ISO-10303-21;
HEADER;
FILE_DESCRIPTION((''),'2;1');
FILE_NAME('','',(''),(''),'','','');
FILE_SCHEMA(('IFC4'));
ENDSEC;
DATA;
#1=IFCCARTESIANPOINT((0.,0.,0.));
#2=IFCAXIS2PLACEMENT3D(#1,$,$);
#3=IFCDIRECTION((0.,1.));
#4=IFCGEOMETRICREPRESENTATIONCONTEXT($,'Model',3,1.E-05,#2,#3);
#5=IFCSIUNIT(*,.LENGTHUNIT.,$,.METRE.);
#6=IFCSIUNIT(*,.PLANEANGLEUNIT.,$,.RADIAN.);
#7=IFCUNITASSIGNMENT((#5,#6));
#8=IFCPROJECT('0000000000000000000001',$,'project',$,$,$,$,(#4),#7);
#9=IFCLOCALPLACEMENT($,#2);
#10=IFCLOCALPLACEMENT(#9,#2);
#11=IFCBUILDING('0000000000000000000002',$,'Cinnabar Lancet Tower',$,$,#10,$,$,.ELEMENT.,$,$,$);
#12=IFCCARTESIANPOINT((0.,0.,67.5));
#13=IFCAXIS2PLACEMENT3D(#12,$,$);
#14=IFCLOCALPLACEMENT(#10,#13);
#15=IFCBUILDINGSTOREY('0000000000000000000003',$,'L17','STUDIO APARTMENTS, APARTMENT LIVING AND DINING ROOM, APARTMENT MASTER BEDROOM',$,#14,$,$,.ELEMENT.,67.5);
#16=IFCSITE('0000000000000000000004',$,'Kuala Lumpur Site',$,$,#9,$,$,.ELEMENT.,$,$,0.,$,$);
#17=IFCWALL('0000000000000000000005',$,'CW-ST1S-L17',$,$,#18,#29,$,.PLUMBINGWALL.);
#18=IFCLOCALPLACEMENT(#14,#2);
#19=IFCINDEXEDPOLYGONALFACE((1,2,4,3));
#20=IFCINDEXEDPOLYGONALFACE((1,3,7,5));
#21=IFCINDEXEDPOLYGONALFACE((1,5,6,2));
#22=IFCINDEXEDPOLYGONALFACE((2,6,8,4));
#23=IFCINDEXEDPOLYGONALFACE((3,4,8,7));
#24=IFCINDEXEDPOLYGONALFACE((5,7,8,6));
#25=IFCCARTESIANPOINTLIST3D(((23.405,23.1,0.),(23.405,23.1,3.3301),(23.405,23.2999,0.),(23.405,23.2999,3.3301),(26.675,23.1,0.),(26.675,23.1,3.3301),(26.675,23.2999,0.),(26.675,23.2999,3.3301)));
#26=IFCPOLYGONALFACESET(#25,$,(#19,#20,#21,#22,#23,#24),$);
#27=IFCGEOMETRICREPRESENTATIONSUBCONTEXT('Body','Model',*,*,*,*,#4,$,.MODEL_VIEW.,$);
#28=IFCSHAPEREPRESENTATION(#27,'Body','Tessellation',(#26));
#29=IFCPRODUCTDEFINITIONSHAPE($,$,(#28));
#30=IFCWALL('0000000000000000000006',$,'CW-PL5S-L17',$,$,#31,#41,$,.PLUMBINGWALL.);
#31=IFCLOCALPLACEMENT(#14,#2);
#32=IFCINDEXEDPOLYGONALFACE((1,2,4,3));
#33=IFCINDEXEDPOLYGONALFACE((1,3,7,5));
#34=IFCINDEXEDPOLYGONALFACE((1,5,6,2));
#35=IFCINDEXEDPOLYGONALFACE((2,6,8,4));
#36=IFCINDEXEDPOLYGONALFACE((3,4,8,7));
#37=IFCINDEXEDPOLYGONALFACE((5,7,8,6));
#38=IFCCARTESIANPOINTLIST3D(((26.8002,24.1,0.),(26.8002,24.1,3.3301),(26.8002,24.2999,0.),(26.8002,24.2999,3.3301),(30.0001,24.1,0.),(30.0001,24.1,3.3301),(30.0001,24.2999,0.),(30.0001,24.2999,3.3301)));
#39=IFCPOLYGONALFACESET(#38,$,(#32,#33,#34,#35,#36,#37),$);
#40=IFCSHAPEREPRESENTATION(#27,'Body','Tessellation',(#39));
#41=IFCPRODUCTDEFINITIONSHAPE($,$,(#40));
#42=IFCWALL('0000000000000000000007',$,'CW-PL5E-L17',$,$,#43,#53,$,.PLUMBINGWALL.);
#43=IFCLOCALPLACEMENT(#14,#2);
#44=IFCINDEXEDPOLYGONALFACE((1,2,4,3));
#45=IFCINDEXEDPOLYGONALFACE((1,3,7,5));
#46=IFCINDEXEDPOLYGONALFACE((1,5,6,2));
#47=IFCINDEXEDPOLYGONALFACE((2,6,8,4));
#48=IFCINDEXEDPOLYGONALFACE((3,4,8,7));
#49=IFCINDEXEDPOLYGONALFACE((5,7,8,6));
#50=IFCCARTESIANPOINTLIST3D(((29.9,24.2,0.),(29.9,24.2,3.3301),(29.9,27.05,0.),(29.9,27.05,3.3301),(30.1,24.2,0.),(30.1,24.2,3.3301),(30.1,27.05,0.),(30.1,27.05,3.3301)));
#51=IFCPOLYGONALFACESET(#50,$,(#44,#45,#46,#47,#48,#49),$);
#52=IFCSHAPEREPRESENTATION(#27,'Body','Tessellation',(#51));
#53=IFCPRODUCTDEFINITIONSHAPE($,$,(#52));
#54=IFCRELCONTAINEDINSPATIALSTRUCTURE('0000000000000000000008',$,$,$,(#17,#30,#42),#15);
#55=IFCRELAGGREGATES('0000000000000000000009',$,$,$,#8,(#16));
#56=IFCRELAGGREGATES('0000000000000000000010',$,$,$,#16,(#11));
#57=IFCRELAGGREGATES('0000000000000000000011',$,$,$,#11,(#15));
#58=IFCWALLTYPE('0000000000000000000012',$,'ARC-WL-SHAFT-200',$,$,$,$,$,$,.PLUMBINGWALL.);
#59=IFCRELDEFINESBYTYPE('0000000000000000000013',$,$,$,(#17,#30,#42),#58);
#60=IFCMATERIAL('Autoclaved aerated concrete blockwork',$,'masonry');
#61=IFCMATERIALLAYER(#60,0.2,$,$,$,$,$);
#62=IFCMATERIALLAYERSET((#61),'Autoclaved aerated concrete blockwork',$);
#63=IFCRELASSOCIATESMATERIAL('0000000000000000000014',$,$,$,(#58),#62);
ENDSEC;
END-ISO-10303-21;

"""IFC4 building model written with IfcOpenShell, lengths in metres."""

from ifc_helpers import new_model, si_unit, direction, frame, frame_2d, origin, place, context, subcontext, project, spatial, rectangle, extrude, material, layer, layer_set, type_object, element, save


model = new_model("IFC4")

# Units and contexts
model_context = context("Model", 3, precision=1e-05, world=origin(), true_north=direction((0.0, 1.0)))
body_context = subcontext(model_context, "Body", "Model", "MODEL_VIEW")
ifc_project = project(units=[si_unit("LENGTHUNIT", "METRE"), si_unit("PLANEANGLEUNIT", "RADIAN")], contexts=[model_context])

# Site, building, storey
site_placement = place(None, origin())
site = spatial("IfcSite", under=ifc_project, at=site_placement, Name="Kuala Lumpur Site", CompositionType="ELEMENT", RefElevation=0.0)
building_placement = place(site_placement, origin())
building = spatial("IfcBuilding", under=site, at=building_placement, Name="Cinnabar Lancet Tower", CompositionType="ELEMENT")
storey_placement = place(building_placement, frame((0.0, 0.0, 67.5)))
storey = spatial("IfcBuildingStorey", under=building, at=storey_placement, Name="L17", Description="STUDIO APARTMENTS, APARTMENT LIVING AND DINING ROOM, APARTMENT MASTER BEDROOM", CompositionType="ELEMENT", Elevation=67.5)

# Walls
ifc_material_1 = material(Name="Autoclaved aerated concrete blockwork", Category="masonry")
ifc_layer_1 = layer(ifc_material_1, 0.2)
ifc_layer_set_1 = layer_set([ifc_layer_1], Name="Autoclaved aerated concrete blockwork")
wall_type_1 = type_object("IfcWallType", Name="ARC-WL-SHAFT-200", PredefinedType="PLUMBINGWALL", material=ifc_layer_set_1)
wall_1_placement = place(storey_placement, frame((23.405, 23.2, 0.0), z_axis=(0.0, 0.0, 1.0), x_axis=(1.0, 0.0, 0.0)))
element("IfcWall", 1, at=wall_1_placement, inside=storey, type_object=wall_type_1, Name="CW-ST1S-L17", PredefinedType="PLUMBINGWALL", context=body_context, shape_type="SweptSolid", body=[
    extrude(rectangle(XDim=3.27, YDim=0.2, at=frame_2d((1.635, 0.0))), origin(), (0.0, 0.0, 1.0), 3.3301),
])
wall_2_placement = place(storey_placement, frame((26.8, 24.2, 0.0), z_axis=(0.0, 0.0, 1.0), x_axis=(1.0, 0.0, 0.0)))
element("IfcWall", 2, at=wall_2_placement, inside=storey, type_object=wall_type_1, Name="CW-PL5S-L17", PredefinedType="PLUMBINGWALL", context=body_context, shape_type="SweptSolid", body=[
    extrude(rectangle(XDim=3.2, YDim=0.2, at=frame_2d((1.6001, 0.0))), origin(), (0.0, 0.0, 1.0), 3.3301),
])
wall_3_placement = place(storey_placement, frame((30.0, 24.2, 0.0), z_axis=(0.0, 0.0, 1.0), x_axis=(0.0, 1.0, 0.0)))
element("IfcWall", 3, at=wall_3_placement, inside=storey, type_object=wall_type_1, Name="CW-PL5E-L17", PredefinedType="PLUMBINGWALL", context=body_context, shape_type="SweptSolid", body=[
    extrude(rectangle(XDim=2.8501, YDim=0.2, at=frame_2d((1.425, 0.0))), origin(), (0.0, 0.0, 1.0), 3.3301),
])

save(model, "model.ifc")
